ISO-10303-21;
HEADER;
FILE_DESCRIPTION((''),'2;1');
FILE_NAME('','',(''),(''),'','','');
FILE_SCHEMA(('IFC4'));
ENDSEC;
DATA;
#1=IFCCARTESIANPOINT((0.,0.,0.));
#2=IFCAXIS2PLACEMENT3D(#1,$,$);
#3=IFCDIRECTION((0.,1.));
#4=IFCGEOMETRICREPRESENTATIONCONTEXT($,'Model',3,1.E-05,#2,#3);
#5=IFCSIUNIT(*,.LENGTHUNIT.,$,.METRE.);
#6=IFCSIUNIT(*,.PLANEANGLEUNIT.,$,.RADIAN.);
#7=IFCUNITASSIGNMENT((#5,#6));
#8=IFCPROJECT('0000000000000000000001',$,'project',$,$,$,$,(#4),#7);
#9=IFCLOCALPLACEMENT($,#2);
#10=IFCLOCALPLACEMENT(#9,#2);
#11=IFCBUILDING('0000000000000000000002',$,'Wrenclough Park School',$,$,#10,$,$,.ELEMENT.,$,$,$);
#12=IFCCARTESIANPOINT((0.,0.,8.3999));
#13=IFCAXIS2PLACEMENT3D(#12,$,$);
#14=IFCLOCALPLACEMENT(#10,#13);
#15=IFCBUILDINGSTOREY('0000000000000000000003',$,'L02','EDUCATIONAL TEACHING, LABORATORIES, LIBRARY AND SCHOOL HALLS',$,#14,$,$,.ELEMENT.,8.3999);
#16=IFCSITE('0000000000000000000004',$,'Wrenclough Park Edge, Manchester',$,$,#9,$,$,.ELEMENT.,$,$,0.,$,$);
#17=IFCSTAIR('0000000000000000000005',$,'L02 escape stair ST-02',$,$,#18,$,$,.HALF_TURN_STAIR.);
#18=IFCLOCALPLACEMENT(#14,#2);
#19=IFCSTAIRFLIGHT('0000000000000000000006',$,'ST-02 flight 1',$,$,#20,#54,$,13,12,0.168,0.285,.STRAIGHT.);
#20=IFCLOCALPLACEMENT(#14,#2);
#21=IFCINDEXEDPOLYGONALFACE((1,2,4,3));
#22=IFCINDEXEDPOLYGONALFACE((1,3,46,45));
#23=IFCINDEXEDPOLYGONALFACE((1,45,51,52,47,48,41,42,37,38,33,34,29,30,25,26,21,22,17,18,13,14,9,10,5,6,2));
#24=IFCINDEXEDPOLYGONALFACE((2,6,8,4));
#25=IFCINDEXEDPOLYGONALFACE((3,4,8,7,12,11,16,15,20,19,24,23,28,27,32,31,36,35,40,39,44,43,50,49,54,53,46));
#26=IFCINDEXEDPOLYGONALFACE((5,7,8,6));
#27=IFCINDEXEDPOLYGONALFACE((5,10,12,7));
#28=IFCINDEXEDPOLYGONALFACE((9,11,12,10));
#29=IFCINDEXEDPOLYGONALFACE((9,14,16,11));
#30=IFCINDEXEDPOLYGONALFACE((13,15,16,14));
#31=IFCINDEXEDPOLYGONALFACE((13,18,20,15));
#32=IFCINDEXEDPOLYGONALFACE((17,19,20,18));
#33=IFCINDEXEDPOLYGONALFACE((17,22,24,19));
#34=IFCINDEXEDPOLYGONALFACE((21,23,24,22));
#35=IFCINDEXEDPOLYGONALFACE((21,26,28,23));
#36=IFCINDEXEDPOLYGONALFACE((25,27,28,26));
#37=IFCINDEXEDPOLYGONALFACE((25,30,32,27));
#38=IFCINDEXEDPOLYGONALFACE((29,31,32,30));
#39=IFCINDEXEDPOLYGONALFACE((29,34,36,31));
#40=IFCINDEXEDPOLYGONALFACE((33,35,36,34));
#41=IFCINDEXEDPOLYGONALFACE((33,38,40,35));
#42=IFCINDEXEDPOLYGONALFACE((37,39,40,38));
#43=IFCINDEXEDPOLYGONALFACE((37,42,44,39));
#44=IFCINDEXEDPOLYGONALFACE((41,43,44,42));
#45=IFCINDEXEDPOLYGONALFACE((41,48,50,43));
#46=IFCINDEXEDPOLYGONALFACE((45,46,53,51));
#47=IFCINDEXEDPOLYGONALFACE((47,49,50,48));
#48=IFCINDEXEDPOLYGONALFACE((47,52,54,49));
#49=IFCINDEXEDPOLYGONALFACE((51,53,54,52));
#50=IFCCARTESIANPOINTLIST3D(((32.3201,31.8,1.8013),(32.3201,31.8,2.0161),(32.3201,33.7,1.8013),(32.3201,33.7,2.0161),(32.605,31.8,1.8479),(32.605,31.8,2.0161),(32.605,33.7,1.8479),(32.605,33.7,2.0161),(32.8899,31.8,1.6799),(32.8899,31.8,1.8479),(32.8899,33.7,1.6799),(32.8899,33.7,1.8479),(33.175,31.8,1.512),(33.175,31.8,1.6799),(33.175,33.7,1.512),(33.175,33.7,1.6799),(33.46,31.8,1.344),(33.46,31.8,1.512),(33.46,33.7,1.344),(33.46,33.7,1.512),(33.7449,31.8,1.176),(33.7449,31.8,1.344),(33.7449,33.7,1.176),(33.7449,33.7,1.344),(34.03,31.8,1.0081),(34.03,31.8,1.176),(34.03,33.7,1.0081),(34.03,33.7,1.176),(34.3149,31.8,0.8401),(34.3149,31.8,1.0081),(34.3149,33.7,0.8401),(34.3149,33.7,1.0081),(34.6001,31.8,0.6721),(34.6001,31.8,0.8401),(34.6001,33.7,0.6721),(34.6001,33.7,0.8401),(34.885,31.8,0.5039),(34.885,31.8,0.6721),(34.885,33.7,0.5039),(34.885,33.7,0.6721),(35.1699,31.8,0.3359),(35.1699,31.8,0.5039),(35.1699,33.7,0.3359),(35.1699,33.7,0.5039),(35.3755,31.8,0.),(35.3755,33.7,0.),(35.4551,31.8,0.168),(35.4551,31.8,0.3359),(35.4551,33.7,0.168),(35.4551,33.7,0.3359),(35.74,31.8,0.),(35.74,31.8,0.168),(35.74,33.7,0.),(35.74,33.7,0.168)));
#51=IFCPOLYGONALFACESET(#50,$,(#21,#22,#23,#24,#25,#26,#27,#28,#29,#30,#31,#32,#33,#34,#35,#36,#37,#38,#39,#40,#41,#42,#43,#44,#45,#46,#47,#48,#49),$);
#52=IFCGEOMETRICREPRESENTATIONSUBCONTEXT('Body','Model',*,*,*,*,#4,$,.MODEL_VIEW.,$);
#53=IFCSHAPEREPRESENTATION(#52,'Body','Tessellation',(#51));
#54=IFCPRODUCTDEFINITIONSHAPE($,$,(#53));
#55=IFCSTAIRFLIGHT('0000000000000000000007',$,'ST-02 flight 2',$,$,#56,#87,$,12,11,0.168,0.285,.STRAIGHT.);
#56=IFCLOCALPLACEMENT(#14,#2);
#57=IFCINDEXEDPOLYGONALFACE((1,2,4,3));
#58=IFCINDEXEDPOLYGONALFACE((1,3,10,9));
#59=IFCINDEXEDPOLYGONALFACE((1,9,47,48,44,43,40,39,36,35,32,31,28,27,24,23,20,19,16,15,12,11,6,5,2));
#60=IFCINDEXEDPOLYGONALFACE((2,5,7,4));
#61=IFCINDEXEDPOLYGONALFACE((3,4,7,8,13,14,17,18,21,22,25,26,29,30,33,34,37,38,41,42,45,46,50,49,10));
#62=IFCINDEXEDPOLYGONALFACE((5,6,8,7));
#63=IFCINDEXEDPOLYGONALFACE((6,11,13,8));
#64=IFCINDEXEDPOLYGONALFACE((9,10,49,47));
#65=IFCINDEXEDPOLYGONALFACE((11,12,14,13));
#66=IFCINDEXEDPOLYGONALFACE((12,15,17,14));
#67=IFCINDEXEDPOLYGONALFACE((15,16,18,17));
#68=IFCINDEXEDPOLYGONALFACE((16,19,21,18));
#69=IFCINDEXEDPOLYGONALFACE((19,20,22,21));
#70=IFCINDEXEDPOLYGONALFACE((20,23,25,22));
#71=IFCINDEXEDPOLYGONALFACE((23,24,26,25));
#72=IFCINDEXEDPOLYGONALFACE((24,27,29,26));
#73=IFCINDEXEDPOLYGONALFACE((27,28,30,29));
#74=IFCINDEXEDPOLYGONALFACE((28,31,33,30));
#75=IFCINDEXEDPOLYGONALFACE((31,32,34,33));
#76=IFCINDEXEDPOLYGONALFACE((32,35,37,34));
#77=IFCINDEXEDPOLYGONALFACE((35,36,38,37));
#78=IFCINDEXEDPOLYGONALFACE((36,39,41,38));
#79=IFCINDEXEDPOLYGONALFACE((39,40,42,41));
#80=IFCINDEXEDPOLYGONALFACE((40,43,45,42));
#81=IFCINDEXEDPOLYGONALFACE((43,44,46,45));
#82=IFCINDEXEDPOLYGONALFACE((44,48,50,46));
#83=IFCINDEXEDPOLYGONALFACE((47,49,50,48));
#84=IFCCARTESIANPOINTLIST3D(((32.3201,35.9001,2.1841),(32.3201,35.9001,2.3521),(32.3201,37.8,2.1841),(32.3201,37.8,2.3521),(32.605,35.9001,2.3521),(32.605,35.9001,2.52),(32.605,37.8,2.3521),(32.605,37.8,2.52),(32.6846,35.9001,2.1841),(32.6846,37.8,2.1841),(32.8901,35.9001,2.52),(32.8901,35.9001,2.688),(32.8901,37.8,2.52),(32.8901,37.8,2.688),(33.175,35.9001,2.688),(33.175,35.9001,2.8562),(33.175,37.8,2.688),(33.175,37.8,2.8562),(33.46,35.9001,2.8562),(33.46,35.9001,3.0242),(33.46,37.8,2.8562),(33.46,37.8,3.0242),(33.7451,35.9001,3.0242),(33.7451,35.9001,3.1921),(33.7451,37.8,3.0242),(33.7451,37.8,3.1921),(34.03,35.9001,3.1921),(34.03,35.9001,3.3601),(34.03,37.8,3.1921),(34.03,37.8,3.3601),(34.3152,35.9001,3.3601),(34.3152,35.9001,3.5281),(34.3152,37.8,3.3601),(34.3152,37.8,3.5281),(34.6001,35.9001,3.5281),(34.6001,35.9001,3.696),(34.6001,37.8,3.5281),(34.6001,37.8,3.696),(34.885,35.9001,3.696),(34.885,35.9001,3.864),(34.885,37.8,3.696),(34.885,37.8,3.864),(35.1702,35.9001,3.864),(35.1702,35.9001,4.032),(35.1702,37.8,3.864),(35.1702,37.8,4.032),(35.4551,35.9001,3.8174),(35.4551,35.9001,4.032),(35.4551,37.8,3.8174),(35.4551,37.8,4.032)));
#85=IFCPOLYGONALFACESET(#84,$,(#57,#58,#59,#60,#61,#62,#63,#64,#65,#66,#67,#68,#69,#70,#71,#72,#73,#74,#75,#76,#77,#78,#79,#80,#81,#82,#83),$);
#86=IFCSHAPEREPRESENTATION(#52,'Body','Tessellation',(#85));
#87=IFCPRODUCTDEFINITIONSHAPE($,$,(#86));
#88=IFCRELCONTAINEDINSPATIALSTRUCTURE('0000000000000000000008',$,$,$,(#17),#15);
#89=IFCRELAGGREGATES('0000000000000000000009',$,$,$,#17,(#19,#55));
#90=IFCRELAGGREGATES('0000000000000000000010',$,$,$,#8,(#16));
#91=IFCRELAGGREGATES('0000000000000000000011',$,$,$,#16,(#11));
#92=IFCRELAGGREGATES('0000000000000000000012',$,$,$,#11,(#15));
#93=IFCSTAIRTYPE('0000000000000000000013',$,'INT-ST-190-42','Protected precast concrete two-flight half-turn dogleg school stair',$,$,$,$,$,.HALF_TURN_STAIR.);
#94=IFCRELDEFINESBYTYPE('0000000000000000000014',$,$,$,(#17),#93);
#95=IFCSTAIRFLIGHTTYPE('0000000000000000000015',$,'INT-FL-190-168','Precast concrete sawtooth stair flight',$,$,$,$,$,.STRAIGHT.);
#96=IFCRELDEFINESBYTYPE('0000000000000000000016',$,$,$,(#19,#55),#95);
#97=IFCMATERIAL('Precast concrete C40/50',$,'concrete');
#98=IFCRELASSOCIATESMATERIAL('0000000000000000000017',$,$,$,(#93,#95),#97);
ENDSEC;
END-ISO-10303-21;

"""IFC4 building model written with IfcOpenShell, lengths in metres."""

from ifc_helpers import new_model, si_unit, direction, frame, origin, place, context, subcontext, project, spatial, polyline, outline, extrude, material, type_object, element, aggregate, save


model = new_model("IFC4")

# Units and contexts
model_context = context("Model", 3, precision=1e-05, world=origin(), true_north=direction((0.0, 1.0)))
body_context = subcontext(model_context, "Body", "Model", "MODEL_VIEW")
ifc_project = project(units=[si_unit("LENGTHUNIT", "METRE"), si_unit("PLANEANGLEUNIT", "RADIAN")], contexts=[model_context])

# Site, building, storey
site_placement = place(None, origin())
site = spatial("IfcSite", under=ifc_project, at=site_placement, Name="Wrenclough Park Edge, Manchester", CompositionType="ELEMENT", RefElevation=0.0)
building_placement = place(site_placement, origin())
building = spatial("IfcBuilding", under=site, at=building_placement, Name="Wrenclough Park School", CompositionType="ELEMENT")
storey_placement = place(building_placement, frame((0.0, 0.0, 8.3999)))
storey = spatial("IfcBuildingStorey", under=building, at=storey_placement, Name="L02", Description="EDUCATIONAL TEACHING, LABORATORIES, LIBRARY AND SCHOOL HALLS", CompositionType="ELEMENT", Elevation=8.3999)

# Stair, stair flights
ifc_material_1 = material(Name="Precast concrete C40/50", Category="concrete")
stair_type = type_object("IfcStairType", Name="INT-ST-190-42", Description="Protected precast concrete two-flight half-turn dogleg school stair", PredefinedType="HALF_TURN_STAIR", material=ifc_material_1)
stair_placement = place(storey_placement, origin())
stair = element("IfcStair", 1, at=stair_placement, inside=storey, type_object=stair_type, Name="L02 escape stair ST-02", PredefinedType="HALF_TURN_STAIR")
stair_flight_type = type_object("IfcStairFlightType", Name="INT-FL-190-168", Description="Precast concrete sawtooth stair flight", PredefinedType="STRAIGHT", material=ifc_material_1)
stair_flight_1_placement = place(storey_placement, frame((35.74, 32.75, 0.0), z_axis=(0.0, 0.0, 1.0), x_axis=(-1.0, 0.0, 0.0)))
stair_flight_1 = element("IfcStairFlight", 2, at=stair_flight_1_placement, type_object=stair_flight_type, Name="ST-02 flight 1", NumberOfRisers=13, NumberOfTreads=12, PredefinedType="STRAIGHT", RiserHeight=0.168, TreadLength=0.285, context=body_context, shape_type="SweptSolid", body=[
    extrude(outline(polyline([(0.0, 0.0), (0.0, 0.168), (0.2849, 0.168), (0.2849, 0.3359), (0.5701, 0.3359), (0.5701, 0.5039), (0.855, 0.5039), (0.855, 0.6721), (1.1399, 0.6721), (1.1399, 0.8401), (1.425, 0.8401), (1.425, 1.0081), (1.71, 1.0081), (1.71, 1.176), (1.9951, 1.176), (1.9951, 1.344), (2.28, 1.344), (2.28, 1.512), (2.5649, 1.512), (2.5649, 1.6799), (2.8501, 1.6799), (2.8501, 1.8479), (3.135, 1.8479), (3.135, 2.0161), (3.4199, 2.0161), (3.4199, 2.1841), (3.4199, 1.8013), (0.3645, 0.0), (0.0, 0.0)])), frame((0.0, 0.95, 0.0), z_axis=(0.0, -1.0, 0.0), x_axis=(1.0, 0.0, 0.0)), (0.0, 0.0, 1.0), 1.8999),
])
stair_flight_2_placement = place(storey_placement, frame((32.3201, 36.8501, 2.1841), z_axis=(0.0, 0.0, 1.0), x_axis=(1.0, 0.0, 0.0)))
stair_flight_2 = element("IfcStairFlight", 3, at=stair_flight_2_placement, type_object=stair_flight_type, Name="ST-02 flight 2", NumberOfRisers=12, NumberOfTreads=11, PredefinedType="STRAIGHT", RiserHeight=0.168, TreadLength=0.285, context=body_context, shape_type="SweptSolid", body=[
    extrude(outline(polyline([(0.0, 0.0), (0.0, 0.168), (0.2849, 0.168), (0.2849, 0.3359), (0.5701, 0.3359), (0.5701, 0.5039), (0.855, 0.5039), (0.855, 0.6721), (1.1399, 0.6721), (1.1399, 0.8401), (1.425, 0.8401), (1.425, 1.0081), (1.71, 1.0081), (1.71, 1.176), (1.9951, 1.176), (1.9951, 1.344), (2.28, 1.344), (2.28, 1.512), (2.5649, 1.512), (2.5649, 1.6799), (2.8501, 1.6799), (2.8501, 1.8479), (3.135, 1.8479), (3.135, 2.0161), (3.135, 1.6333), (0.3645, 0.0), (0.0, 0.0)])), frame((0.0, 0.95, 0.0), z_axis=(0.0, -1.0, 0.0), x_axis=(1.0, 0.0, 0.0)), (0.0, 0.0, 1.0), 1.8999),
])
aggregate(stair, [stair_flight_1, stair_flight_2])

save(model, "model.ifc")
